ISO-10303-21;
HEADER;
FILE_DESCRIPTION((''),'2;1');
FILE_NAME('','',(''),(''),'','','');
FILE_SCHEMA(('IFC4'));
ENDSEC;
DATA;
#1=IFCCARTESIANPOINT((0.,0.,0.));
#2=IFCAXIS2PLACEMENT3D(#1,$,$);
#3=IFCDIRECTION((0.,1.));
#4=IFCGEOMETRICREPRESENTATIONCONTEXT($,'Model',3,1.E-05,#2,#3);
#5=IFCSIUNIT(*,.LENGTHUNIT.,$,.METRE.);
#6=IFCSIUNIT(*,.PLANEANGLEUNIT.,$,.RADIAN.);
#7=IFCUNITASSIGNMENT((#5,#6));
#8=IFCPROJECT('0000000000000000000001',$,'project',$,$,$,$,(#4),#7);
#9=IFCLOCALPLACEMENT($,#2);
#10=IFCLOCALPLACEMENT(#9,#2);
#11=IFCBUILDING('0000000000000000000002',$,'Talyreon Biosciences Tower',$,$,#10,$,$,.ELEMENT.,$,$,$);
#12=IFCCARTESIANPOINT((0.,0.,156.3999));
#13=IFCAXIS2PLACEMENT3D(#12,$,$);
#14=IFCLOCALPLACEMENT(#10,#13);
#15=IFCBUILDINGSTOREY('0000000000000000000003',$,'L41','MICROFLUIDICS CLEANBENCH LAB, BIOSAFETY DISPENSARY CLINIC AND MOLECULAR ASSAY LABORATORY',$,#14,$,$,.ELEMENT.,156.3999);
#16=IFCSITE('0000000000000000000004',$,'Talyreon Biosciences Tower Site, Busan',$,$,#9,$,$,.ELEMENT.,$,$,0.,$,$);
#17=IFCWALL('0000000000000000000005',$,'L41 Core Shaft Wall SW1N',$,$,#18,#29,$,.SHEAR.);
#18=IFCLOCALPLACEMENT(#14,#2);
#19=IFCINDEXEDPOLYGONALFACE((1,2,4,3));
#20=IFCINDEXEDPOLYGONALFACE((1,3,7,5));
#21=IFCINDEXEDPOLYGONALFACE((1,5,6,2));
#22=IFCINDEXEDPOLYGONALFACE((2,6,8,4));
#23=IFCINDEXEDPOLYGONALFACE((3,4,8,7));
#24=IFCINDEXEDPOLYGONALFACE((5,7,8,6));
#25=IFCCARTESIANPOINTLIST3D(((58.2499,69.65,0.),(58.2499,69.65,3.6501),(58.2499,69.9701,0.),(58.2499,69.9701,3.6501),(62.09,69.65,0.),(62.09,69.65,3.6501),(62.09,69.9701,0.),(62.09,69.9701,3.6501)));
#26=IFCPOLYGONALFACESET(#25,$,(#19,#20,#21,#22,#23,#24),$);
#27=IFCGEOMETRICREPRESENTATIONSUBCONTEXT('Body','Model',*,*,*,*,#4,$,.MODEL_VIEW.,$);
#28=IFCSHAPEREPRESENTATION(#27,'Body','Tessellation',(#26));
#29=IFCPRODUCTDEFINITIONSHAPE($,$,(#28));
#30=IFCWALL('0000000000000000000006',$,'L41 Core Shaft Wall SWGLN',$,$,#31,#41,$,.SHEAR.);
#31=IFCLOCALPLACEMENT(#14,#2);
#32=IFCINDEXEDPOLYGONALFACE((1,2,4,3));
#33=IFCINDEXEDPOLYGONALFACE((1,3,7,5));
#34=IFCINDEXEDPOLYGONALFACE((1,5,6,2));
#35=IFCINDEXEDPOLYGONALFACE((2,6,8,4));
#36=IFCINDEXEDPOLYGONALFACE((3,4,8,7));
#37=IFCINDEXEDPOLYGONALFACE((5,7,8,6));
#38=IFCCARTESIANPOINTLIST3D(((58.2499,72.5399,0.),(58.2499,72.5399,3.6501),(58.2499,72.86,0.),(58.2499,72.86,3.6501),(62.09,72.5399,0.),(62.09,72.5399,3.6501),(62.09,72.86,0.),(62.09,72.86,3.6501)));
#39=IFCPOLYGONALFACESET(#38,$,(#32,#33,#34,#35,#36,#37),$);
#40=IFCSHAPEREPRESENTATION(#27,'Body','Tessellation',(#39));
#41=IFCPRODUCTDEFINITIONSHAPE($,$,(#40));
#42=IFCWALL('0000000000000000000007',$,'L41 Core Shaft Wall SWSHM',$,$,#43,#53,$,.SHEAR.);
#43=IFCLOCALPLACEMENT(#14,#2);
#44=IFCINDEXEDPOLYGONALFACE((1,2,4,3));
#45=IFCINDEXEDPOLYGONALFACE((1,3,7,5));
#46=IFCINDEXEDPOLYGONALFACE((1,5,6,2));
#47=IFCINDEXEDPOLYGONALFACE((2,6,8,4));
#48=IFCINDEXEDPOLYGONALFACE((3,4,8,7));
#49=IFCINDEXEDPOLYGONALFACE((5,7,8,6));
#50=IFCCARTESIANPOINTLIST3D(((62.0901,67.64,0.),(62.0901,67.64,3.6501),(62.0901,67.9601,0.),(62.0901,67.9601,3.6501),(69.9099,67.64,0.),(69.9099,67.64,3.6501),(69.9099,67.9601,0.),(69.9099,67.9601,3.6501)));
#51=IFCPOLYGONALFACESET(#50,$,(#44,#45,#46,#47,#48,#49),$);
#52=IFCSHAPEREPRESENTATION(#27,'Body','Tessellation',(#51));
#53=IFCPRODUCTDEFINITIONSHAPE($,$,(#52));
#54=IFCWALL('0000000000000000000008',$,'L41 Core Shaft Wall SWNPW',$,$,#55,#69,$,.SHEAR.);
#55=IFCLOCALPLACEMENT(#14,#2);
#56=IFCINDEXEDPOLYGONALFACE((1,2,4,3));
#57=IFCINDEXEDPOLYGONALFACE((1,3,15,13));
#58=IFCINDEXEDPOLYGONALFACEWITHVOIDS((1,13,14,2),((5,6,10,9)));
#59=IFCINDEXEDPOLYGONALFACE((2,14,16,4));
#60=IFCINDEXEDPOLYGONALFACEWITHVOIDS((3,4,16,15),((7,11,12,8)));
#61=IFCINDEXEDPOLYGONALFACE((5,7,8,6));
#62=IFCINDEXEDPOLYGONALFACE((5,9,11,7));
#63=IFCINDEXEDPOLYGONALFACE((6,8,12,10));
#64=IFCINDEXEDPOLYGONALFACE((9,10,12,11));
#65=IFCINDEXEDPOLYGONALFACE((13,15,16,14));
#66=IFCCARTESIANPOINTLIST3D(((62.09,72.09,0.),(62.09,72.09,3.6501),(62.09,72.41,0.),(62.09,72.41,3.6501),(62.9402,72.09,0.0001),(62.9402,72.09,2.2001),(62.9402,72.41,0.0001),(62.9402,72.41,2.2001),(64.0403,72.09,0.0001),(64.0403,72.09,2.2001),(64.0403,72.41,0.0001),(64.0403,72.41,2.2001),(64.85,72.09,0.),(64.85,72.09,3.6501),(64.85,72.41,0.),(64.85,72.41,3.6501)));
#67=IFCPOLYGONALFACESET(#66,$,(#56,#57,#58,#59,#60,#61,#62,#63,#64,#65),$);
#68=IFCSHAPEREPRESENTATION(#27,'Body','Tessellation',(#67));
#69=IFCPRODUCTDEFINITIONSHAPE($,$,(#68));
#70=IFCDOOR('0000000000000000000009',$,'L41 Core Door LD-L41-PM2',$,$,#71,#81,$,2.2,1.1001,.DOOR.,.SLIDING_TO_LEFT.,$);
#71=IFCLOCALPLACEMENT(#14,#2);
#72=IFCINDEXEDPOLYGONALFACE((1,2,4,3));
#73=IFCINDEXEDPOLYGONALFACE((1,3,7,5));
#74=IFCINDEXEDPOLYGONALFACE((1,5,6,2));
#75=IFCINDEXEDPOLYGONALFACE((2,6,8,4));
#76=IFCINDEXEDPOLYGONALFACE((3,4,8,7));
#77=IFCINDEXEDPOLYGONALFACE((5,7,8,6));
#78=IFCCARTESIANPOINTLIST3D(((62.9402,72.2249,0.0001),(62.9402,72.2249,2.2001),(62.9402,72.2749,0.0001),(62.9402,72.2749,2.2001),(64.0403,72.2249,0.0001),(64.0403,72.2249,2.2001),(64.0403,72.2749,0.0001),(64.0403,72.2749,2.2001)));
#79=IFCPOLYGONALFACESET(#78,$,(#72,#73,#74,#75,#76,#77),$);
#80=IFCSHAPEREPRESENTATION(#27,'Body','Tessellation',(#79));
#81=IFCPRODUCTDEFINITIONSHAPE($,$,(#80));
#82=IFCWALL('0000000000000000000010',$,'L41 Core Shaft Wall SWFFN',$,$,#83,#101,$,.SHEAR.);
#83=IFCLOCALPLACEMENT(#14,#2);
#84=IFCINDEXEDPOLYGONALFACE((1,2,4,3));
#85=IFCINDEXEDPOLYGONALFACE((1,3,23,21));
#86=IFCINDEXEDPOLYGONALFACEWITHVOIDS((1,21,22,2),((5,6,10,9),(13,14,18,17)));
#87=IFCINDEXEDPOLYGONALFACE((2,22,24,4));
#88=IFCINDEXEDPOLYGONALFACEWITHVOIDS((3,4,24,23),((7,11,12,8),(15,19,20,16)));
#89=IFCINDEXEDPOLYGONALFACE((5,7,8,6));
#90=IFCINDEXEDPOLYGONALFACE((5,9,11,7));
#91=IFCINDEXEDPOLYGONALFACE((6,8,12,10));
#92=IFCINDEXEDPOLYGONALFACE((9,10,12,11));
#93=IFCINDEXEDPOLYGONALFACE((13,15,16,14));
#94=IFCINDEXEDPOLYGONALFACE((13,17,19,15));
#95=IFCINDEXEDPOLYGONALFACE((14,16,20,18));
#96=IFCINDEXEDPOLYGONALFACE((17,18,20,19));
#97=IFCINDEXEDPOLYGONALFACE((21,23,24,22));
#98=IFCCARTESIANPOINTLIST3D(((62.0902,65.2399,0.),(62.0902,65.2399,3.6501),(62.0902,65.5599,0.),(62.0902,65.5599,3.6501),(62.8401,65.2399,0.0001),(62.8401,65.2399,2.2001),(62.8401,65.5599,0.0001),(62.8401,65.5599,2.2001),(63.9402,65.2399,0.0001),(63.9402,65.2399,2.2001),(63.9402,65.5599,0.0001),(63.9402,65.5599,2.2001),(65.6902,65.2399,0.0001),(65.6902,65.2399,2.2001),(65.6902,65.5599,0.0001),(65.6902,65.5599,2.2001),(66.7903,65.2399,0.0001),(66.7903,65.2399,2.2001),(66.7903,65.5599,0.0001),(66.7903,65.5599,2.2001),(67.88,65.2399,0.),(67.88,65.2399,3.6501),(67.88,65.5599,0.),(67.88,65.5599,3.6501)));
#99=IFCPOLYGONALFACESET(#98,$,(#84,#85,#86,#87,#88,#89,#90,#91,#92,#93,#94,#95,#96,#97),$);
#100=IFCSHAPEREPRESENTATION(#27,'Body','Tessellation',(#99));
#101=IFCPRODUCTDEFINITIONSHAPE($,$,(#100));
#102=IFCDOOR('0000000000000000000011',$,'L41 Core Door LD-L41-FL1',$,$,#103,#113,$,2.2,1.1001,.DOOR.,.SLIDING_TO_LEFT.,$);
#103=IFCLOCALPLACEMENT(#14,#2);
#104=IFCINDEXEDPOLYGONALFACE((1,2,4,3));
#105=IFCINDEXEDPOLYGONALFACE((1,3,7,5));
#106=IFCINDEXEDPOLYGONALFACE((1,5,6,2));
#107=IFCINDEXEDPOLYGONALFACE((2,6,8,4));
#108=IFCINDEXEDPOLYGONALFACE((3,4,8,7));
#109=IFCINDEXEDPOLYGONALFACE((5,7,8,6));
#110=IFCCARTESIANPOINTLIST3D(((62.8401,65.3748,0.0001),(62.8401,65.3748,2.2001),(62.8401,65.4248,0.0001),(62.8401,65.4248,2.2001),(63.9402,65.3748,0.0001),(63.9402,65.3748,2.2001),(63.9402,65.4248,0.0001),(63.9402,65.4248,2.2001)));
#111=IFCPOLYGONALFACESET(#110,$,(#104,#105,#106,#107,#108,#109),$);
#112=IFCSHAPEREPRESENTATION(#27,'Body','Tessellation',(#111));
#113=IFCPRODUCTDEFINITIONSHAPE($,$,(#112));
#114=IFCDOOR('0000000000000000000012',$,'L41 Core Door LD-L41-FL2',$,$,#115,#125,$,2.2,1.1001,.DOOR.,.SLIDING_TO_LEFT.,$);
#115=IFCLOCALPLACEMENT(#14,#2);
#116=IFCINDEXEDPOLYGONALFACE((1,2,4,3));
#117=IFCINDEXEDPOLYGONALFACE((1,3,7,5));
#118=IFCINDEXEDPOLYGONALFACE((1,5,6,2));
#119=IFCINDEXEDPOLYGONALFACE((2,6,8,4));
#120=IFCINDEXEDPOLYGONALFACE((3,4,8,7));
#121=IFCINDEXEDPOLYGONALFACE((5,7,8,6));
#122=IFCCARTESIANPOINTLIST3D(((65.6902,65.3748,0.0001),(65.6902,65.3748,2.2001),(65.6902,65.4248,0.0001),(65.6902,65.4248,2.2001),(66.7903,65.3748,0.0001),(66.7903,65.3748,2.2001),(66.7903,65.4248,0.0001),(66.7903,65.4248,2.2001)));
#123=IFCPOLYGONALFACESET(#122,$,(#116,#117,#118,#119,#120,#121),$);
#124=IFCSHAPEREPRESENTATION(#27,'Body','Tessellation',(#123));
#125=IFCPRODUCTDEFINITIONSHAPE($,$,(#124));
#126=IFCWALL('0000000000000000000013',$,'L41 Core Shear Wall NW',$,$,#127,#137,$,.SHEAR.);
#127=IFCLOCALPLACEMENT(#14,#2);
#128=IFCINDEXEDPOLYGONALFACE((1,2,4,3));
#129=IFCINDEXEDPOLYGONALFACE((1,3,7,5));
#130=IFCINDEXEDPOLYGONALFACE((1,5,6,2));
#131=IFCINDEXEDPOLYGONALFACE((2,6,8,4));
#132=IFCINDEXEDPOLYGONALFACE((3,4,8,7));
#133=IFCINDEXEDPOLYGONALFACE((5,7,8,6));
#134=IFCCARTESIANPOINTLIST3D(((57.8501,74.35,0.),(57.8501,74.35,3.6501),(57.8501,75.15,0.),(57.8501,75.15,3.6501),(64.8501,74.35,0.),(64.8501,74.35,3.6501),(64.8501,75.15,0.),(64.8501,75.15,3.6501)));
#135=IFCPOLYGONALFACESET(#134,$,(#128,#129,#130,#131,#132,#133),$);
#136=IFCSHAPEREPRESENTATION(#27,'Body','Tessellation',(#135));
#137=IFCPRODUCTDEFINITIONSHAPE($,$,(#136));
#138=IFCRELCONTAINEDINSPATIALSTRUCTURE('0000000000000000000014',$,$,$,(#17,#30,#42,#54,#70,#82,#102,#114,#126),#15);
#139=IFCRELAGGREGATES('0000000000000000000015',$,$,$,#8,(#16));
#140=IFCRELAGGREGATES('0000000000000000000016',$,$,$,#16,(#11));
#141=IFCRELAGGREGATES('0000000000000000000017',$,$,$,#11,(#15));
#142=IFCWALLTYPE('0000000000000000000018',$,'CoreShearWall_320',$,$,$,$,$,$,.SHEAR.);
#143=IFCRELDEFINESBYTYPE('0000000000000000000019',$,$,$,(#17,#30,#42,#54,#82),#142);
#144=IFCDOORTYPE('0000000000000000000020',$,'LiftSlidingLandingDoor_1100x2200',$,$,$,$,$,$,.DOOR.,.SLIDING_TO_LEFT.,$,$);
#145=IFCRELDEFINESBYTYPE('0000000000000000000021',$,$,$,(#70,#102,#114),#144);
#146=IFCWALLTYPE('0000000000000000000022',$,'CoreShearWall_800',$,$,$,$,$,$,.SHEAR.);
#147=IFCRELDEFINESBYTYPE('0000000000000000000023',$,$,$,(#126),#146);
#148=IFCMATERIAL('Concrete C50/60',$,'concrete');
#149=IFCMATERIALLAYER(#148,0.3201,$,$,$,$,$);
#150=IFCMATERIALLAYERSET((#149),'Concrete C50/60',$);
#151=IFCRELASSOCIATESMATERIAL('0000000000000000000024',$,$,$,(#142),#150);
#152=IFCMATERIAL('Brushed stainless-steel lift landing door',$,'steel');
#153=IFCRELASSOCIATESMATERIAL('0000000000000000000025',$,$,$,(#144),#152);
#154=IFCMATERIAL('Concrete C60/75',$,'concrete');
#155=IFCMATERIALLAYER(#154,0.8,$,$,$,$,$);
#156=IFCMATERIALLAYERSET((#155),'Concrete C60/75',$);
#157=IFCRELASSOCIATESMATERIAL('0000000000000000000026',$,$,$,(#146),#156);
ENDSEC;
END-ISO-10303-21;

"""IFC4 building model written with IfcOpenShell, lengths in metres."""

from ifc_helpers import new_model, si_unit, direction, frame, frame_2d, origin, place, context, subcontext, project, spatial, rectangle, extrude, material, layer, layer_set, type_object, element, fill, save


model = new_model("IFC4")

# Units and contexts
model_context = context("Model", 3, precision=1e-05, world=origin(), true_north=direction((0.0, 1.0)))
body_context = subcontext(model_context, "Body", "Model", "MODEL_VIEW")
ifc_project = project(units=[si_unit("LENGTHUNIT", "METRE"), si_unit("PLANEANGLEUNIT", "RADIAN")], contexts=[model_context])

# Site, building, storey
site_placement = place(None, origin())
site = spatial("IfcSite", under=ifc_project, at=site_placement, Name="Talyreon Biosciences Tower Site, Busan", CompositionType="ELEMENT", RefElevation=0.0)
building_placement = place(site_placement, origin())
building = spatial("IfcBuilding", under=site, at=building_placement, Name="Talyreon Biosciences Tower", CompositionType="ELEMENT")
storey_placement = place(building_placement, frame((0.0, 0.0, 156.3999)))
storey = spatial("IfcBuildingStorey", under=building, at=storey_placement, Name="L41", Description="MICROFLUIDICS CLEANBENCH LAB, BIOSAFETY DISPENSARY CLINIC AND MOLECULAR ASSAY LABORATORY", CompositionType="ELEMENT", Elevation=156.3999)

# Shared definitions
ifc_material_1 = material(Name="Concrete C50/60", Category="concrete")

# Shared definitions
ifc_material_2 = material(Name="Concrete C60/75", Category="concrete")

# Walls
ifc_layer_1 = layer(ifc_material_1, 0.3201)
ifc_layer_set_1 = layer_set([ifc_layer_1], Name="Concrete C50/60")
wall_type_1 = type_object("IfcWallType", Name="CoreShearWall_320", PredefinedType="SHEAR", material=ifc_layer_set_1)
for number, where, z_axis, x_axis, name in (
    (1, (58.25, 69.8101, 0.0), (0.0, 0.0, 1.0), (1.0, 0.0, 0.0), "L41 Core Shaft Wall SW1N"),
    (2, (58.25, 72.7, 0.0), (0.0, 0.0, 1.0), (1.0, 0.0, 0.0), "L41 Core Shaft Wall SWGLN"),
):
    element("IfcWall", number, at=place(storey_placement, frame(where, z_axis=z_axis, x_axis=x_axis)), inside=storey, type_object=wall_type_1, Name=name, PredefinedType="SHEAR", context=body_context, shape_type="SweptSolid", body=[
        extrude(rectangle(XDim=3.8401, YDim=0.3201, at=frame_2d((1.9199, 0.0))), origin(), (0.0, 0.0, 1.0), 3.6501),
    ])
wall_1_placement = place(storey_placement, frame((62.0901, 67.8, 0.0), z_axis=(0.0, 0.0, 1.0), x_axis=(1.0, 0.0, 0.0)))
element("IfcWall", 3, at=wall_1_placement, inside=storey, type_object=wall_type_1, Name="L41 Core Shaft Wall SWSHM", PredefinedType="SHEAR", context=body_context, shape_type="SweptSolid", body=[
    extrude(rectangle(XDim=7.8198, YDim=0.3201, at=frame_2d((3.9099, 0.0))), origin(), (0.0, 0.0, 1.0), 3.6501),
])

# Shared definitions
ifc_material_3 = material(Name="Brushed stainless-steel lift landing door", Category="steel")
door_type_1 = type_object("IfcDoorType", Name="LiftSlidingLandingDoor_1100x2200", OperationType="SLIDING_TO_LEFT", PredefinedType="DOOR", material=ifc_material_3)

# Wall, opening, door
wall_2_placement = place(storey_placement, frame((62.0901, 72.25, 0.0), z_axis=(0.0, 0.0, 1.0), x_axis=(1.0, 0.0, 0.0)))
wall_2 = element("IfcWall", 4, at=wall_2_placement, inside=storey, type_object=wall_type_1, Name="L41 Core Shaft Wall SWNPW", PredefinedType="SHEAR", context=body_context, shape_type="SweptSolid", body=[
    extrude(rectangle(XDim=2.76, YDim=0.3201, at=frame_2d((1.3799, 0.0))), origin(), (0.0, 0.0, 1.0), 3.6501),
])
opening_1_placement = place(wall_2_placement, frame((0.8501, 0.0, 0.0)))
opening_1 = element("IfcOpeningElement", 5, at=opening_1_placement, cuts=wall_2, PredefinedType="OPENING", context=body_context, shape_type="SweptSolid", body=[
    extrude(rectangle(XDim=1.1001, YDim=2.2, at=frame_2d((0.55, 1.1001))), frame((0.0, 0.1699, 0.0), z_axis=(0.0, -1.0, 0.0), x_axis=(1.0, 0.0, 0.0)), (0.0, 0.0, 1.0), 0.3401),
])
door_1_placement = place(opening_1_placement, origin())
door_1 = element("IfcDoor", 6, at=door_1_placement, inside=storey, type_object=door_type_1, Name="L41 Core Door LD-L41-PM2", OperationType="SLIDING_TO_LEFT", OverallHeight=2.2, OverallWidth=1.1001, PredefinedType="DOOR", context=body_context, shape_type="SweptSolid", body=[
    extrude(rectangle(XDim=1.1001, YDim=2.2, at=frame_2d((0.55, 1.1001))), frame((0.0, 0.0249, 0.0), z_axis=(0.0, -1.0, 0.0), x_axis=(1.0, 0.0, 0.0)), (0.0, 0.0, 1.0), 0.05),
])
fill(opening_1, door_1)

# Wall, openings, doors
wall_3_placement = place(storey_placement, frame((62.0901, 65.3999, 0.0), z_axis=(0.0, 0.0, 1.0), x_axis=(1.0, 0.0, 0.0)))
wall_3 = element("IfcWall", 7, at=wall_3_placement, inside=storey, type_object=wall_type_1, Name="L41 Core Shaft Wall SWFFN", PredefinedType="SHEAR", context=body_context, shape_type="SweptSolid", body=[
    extrude(rectangle(XDim=5.7898, YDim=0.3201, at=frame_2d((2.895, 0.0))), origin(), (0.0, 0.0, 1.0), 3.6501),
])
opening_2_placement = place(wall_3_placement, frame((0.75, 0.0, 0.0)))
opening_2 = element("IfcOpeningElement", 8, at=opening_2_placement, cuts=wall_3, PredefinedType="OPENING", context=body_context, shape_type="SweptSolid", body=[
    extrude(rectangle(XDim=1.1001, YDim=2.2, at=frame_2d((0.55, 1.1001))), frame((0.0, 0.1699, 0.0), z_axis=(0.0, -1.0, 0.0), x_axis=(1.0, 0.0, 0.0)), (0.0, 0.0, 1.0), 0.3401),
])
opening_3_placement = place(wall_3_placement, frame((3.6001, 0.0, 0.0)))
opening_3 = element("IfcOpeningElement", 9, at=opening_3_placement, cuts=wall_3, PredefinedType="OPENING", context=body_context, shape_type="SweptSolid", body=[
    extrude(rectangle(XDim=1.1001, YDim=2.2, at=frame_2d((0.55, 1.1001))), frame((0.0, 0.1699, 0.0), z_axis=(0.0, -1.0, 0.0), x_axis=(1.0, 0.0, 0.0)), (0.0, 0.0, 1.0), 0.3401),
])
door_2_placement = place(opening_2_placement, origin())
door_2 = element("IfcDoor", 10, at=door_2_placement, inside=storey, type_object=door_type_1, Name="L41 Core Door LD-L41-FL1", OperationType="SLIDING_TO_LEFT", OverallHeight=2.2, OverallWidth=1.1001, PredefinedType="DOOR", context=body_context, shape_type="SweptSolid", body=[
    extrude(rectangle(XDim=1.1001, YDim=2.2, at=frame_2d((0.55, 1.1001))), frame((0.0, 0.0249, 0.0), z_axis=(0.0, -1.0, 0.0), x_axis=(1.0, 0.0, 0.0)), (0.0, 0.0, 1.0), 0.05),
])
fill(opening_2, door_2)
door_3_placement = place(opening_3_placement, origin())
door_3 = element("IfcDoor", 11, at=door_3_placement, inside=storey, type_object=door_type_1, Name="L41 Core Door LD-L41-FL2", OperationType="SLIDING_TO_LEFT", OverallHeight=2.2, OverallWidth=1.1001, PredefinedType="DOOR", context=body_context, shape_type="SweptSolid", body=[
    extrude(rectangle(XDim=1.1001, YDim=2.2, at=frame_2d((0.55, 1.1001))), frame((0.0, 0.0249, 0.0), z_axis=(0.0, -1.0, 0.0), x_axis=(1.0, 0.0, 0.0)), (0.0, 0.0, 1.0), 0.05),
])
fill(opening_3, door_3)

# Wall
ifc_layer_2 = layer(ifc_material_2, 0.8)
ifc_layer_set_2 = layer_set([ifc_layer_2], Name="Concrete C60/75")
wall_type_2 = type_object("IfcWallType", Name="CoreShearWall_800", PredefinedType="SHEAR", material=ifc_layer_set_2)
wall_4_placement = place(storey_placement, frame((64.8501, 74.75, 0.0), z_axis=(0.0, 0.0, 1.0), x_axis=(-1.0, 0.0, 0.0)))
element("IfcWall", 12, at=wall_4_placement, inside=storey, type_object=wall_type_2, Name="L41 Core Shear Wall NW", PredefinedType="SHEAR", context=body_context, shape_type="SweptSolid", body=[
    extrude(rectangle(XDim=7.0, YDim=0.8, at=frame_2d((3.5, 0.0))), origin(), (0.0, 0.0, 1.0), 3.6501),
])

save(model, "model.ifc")
